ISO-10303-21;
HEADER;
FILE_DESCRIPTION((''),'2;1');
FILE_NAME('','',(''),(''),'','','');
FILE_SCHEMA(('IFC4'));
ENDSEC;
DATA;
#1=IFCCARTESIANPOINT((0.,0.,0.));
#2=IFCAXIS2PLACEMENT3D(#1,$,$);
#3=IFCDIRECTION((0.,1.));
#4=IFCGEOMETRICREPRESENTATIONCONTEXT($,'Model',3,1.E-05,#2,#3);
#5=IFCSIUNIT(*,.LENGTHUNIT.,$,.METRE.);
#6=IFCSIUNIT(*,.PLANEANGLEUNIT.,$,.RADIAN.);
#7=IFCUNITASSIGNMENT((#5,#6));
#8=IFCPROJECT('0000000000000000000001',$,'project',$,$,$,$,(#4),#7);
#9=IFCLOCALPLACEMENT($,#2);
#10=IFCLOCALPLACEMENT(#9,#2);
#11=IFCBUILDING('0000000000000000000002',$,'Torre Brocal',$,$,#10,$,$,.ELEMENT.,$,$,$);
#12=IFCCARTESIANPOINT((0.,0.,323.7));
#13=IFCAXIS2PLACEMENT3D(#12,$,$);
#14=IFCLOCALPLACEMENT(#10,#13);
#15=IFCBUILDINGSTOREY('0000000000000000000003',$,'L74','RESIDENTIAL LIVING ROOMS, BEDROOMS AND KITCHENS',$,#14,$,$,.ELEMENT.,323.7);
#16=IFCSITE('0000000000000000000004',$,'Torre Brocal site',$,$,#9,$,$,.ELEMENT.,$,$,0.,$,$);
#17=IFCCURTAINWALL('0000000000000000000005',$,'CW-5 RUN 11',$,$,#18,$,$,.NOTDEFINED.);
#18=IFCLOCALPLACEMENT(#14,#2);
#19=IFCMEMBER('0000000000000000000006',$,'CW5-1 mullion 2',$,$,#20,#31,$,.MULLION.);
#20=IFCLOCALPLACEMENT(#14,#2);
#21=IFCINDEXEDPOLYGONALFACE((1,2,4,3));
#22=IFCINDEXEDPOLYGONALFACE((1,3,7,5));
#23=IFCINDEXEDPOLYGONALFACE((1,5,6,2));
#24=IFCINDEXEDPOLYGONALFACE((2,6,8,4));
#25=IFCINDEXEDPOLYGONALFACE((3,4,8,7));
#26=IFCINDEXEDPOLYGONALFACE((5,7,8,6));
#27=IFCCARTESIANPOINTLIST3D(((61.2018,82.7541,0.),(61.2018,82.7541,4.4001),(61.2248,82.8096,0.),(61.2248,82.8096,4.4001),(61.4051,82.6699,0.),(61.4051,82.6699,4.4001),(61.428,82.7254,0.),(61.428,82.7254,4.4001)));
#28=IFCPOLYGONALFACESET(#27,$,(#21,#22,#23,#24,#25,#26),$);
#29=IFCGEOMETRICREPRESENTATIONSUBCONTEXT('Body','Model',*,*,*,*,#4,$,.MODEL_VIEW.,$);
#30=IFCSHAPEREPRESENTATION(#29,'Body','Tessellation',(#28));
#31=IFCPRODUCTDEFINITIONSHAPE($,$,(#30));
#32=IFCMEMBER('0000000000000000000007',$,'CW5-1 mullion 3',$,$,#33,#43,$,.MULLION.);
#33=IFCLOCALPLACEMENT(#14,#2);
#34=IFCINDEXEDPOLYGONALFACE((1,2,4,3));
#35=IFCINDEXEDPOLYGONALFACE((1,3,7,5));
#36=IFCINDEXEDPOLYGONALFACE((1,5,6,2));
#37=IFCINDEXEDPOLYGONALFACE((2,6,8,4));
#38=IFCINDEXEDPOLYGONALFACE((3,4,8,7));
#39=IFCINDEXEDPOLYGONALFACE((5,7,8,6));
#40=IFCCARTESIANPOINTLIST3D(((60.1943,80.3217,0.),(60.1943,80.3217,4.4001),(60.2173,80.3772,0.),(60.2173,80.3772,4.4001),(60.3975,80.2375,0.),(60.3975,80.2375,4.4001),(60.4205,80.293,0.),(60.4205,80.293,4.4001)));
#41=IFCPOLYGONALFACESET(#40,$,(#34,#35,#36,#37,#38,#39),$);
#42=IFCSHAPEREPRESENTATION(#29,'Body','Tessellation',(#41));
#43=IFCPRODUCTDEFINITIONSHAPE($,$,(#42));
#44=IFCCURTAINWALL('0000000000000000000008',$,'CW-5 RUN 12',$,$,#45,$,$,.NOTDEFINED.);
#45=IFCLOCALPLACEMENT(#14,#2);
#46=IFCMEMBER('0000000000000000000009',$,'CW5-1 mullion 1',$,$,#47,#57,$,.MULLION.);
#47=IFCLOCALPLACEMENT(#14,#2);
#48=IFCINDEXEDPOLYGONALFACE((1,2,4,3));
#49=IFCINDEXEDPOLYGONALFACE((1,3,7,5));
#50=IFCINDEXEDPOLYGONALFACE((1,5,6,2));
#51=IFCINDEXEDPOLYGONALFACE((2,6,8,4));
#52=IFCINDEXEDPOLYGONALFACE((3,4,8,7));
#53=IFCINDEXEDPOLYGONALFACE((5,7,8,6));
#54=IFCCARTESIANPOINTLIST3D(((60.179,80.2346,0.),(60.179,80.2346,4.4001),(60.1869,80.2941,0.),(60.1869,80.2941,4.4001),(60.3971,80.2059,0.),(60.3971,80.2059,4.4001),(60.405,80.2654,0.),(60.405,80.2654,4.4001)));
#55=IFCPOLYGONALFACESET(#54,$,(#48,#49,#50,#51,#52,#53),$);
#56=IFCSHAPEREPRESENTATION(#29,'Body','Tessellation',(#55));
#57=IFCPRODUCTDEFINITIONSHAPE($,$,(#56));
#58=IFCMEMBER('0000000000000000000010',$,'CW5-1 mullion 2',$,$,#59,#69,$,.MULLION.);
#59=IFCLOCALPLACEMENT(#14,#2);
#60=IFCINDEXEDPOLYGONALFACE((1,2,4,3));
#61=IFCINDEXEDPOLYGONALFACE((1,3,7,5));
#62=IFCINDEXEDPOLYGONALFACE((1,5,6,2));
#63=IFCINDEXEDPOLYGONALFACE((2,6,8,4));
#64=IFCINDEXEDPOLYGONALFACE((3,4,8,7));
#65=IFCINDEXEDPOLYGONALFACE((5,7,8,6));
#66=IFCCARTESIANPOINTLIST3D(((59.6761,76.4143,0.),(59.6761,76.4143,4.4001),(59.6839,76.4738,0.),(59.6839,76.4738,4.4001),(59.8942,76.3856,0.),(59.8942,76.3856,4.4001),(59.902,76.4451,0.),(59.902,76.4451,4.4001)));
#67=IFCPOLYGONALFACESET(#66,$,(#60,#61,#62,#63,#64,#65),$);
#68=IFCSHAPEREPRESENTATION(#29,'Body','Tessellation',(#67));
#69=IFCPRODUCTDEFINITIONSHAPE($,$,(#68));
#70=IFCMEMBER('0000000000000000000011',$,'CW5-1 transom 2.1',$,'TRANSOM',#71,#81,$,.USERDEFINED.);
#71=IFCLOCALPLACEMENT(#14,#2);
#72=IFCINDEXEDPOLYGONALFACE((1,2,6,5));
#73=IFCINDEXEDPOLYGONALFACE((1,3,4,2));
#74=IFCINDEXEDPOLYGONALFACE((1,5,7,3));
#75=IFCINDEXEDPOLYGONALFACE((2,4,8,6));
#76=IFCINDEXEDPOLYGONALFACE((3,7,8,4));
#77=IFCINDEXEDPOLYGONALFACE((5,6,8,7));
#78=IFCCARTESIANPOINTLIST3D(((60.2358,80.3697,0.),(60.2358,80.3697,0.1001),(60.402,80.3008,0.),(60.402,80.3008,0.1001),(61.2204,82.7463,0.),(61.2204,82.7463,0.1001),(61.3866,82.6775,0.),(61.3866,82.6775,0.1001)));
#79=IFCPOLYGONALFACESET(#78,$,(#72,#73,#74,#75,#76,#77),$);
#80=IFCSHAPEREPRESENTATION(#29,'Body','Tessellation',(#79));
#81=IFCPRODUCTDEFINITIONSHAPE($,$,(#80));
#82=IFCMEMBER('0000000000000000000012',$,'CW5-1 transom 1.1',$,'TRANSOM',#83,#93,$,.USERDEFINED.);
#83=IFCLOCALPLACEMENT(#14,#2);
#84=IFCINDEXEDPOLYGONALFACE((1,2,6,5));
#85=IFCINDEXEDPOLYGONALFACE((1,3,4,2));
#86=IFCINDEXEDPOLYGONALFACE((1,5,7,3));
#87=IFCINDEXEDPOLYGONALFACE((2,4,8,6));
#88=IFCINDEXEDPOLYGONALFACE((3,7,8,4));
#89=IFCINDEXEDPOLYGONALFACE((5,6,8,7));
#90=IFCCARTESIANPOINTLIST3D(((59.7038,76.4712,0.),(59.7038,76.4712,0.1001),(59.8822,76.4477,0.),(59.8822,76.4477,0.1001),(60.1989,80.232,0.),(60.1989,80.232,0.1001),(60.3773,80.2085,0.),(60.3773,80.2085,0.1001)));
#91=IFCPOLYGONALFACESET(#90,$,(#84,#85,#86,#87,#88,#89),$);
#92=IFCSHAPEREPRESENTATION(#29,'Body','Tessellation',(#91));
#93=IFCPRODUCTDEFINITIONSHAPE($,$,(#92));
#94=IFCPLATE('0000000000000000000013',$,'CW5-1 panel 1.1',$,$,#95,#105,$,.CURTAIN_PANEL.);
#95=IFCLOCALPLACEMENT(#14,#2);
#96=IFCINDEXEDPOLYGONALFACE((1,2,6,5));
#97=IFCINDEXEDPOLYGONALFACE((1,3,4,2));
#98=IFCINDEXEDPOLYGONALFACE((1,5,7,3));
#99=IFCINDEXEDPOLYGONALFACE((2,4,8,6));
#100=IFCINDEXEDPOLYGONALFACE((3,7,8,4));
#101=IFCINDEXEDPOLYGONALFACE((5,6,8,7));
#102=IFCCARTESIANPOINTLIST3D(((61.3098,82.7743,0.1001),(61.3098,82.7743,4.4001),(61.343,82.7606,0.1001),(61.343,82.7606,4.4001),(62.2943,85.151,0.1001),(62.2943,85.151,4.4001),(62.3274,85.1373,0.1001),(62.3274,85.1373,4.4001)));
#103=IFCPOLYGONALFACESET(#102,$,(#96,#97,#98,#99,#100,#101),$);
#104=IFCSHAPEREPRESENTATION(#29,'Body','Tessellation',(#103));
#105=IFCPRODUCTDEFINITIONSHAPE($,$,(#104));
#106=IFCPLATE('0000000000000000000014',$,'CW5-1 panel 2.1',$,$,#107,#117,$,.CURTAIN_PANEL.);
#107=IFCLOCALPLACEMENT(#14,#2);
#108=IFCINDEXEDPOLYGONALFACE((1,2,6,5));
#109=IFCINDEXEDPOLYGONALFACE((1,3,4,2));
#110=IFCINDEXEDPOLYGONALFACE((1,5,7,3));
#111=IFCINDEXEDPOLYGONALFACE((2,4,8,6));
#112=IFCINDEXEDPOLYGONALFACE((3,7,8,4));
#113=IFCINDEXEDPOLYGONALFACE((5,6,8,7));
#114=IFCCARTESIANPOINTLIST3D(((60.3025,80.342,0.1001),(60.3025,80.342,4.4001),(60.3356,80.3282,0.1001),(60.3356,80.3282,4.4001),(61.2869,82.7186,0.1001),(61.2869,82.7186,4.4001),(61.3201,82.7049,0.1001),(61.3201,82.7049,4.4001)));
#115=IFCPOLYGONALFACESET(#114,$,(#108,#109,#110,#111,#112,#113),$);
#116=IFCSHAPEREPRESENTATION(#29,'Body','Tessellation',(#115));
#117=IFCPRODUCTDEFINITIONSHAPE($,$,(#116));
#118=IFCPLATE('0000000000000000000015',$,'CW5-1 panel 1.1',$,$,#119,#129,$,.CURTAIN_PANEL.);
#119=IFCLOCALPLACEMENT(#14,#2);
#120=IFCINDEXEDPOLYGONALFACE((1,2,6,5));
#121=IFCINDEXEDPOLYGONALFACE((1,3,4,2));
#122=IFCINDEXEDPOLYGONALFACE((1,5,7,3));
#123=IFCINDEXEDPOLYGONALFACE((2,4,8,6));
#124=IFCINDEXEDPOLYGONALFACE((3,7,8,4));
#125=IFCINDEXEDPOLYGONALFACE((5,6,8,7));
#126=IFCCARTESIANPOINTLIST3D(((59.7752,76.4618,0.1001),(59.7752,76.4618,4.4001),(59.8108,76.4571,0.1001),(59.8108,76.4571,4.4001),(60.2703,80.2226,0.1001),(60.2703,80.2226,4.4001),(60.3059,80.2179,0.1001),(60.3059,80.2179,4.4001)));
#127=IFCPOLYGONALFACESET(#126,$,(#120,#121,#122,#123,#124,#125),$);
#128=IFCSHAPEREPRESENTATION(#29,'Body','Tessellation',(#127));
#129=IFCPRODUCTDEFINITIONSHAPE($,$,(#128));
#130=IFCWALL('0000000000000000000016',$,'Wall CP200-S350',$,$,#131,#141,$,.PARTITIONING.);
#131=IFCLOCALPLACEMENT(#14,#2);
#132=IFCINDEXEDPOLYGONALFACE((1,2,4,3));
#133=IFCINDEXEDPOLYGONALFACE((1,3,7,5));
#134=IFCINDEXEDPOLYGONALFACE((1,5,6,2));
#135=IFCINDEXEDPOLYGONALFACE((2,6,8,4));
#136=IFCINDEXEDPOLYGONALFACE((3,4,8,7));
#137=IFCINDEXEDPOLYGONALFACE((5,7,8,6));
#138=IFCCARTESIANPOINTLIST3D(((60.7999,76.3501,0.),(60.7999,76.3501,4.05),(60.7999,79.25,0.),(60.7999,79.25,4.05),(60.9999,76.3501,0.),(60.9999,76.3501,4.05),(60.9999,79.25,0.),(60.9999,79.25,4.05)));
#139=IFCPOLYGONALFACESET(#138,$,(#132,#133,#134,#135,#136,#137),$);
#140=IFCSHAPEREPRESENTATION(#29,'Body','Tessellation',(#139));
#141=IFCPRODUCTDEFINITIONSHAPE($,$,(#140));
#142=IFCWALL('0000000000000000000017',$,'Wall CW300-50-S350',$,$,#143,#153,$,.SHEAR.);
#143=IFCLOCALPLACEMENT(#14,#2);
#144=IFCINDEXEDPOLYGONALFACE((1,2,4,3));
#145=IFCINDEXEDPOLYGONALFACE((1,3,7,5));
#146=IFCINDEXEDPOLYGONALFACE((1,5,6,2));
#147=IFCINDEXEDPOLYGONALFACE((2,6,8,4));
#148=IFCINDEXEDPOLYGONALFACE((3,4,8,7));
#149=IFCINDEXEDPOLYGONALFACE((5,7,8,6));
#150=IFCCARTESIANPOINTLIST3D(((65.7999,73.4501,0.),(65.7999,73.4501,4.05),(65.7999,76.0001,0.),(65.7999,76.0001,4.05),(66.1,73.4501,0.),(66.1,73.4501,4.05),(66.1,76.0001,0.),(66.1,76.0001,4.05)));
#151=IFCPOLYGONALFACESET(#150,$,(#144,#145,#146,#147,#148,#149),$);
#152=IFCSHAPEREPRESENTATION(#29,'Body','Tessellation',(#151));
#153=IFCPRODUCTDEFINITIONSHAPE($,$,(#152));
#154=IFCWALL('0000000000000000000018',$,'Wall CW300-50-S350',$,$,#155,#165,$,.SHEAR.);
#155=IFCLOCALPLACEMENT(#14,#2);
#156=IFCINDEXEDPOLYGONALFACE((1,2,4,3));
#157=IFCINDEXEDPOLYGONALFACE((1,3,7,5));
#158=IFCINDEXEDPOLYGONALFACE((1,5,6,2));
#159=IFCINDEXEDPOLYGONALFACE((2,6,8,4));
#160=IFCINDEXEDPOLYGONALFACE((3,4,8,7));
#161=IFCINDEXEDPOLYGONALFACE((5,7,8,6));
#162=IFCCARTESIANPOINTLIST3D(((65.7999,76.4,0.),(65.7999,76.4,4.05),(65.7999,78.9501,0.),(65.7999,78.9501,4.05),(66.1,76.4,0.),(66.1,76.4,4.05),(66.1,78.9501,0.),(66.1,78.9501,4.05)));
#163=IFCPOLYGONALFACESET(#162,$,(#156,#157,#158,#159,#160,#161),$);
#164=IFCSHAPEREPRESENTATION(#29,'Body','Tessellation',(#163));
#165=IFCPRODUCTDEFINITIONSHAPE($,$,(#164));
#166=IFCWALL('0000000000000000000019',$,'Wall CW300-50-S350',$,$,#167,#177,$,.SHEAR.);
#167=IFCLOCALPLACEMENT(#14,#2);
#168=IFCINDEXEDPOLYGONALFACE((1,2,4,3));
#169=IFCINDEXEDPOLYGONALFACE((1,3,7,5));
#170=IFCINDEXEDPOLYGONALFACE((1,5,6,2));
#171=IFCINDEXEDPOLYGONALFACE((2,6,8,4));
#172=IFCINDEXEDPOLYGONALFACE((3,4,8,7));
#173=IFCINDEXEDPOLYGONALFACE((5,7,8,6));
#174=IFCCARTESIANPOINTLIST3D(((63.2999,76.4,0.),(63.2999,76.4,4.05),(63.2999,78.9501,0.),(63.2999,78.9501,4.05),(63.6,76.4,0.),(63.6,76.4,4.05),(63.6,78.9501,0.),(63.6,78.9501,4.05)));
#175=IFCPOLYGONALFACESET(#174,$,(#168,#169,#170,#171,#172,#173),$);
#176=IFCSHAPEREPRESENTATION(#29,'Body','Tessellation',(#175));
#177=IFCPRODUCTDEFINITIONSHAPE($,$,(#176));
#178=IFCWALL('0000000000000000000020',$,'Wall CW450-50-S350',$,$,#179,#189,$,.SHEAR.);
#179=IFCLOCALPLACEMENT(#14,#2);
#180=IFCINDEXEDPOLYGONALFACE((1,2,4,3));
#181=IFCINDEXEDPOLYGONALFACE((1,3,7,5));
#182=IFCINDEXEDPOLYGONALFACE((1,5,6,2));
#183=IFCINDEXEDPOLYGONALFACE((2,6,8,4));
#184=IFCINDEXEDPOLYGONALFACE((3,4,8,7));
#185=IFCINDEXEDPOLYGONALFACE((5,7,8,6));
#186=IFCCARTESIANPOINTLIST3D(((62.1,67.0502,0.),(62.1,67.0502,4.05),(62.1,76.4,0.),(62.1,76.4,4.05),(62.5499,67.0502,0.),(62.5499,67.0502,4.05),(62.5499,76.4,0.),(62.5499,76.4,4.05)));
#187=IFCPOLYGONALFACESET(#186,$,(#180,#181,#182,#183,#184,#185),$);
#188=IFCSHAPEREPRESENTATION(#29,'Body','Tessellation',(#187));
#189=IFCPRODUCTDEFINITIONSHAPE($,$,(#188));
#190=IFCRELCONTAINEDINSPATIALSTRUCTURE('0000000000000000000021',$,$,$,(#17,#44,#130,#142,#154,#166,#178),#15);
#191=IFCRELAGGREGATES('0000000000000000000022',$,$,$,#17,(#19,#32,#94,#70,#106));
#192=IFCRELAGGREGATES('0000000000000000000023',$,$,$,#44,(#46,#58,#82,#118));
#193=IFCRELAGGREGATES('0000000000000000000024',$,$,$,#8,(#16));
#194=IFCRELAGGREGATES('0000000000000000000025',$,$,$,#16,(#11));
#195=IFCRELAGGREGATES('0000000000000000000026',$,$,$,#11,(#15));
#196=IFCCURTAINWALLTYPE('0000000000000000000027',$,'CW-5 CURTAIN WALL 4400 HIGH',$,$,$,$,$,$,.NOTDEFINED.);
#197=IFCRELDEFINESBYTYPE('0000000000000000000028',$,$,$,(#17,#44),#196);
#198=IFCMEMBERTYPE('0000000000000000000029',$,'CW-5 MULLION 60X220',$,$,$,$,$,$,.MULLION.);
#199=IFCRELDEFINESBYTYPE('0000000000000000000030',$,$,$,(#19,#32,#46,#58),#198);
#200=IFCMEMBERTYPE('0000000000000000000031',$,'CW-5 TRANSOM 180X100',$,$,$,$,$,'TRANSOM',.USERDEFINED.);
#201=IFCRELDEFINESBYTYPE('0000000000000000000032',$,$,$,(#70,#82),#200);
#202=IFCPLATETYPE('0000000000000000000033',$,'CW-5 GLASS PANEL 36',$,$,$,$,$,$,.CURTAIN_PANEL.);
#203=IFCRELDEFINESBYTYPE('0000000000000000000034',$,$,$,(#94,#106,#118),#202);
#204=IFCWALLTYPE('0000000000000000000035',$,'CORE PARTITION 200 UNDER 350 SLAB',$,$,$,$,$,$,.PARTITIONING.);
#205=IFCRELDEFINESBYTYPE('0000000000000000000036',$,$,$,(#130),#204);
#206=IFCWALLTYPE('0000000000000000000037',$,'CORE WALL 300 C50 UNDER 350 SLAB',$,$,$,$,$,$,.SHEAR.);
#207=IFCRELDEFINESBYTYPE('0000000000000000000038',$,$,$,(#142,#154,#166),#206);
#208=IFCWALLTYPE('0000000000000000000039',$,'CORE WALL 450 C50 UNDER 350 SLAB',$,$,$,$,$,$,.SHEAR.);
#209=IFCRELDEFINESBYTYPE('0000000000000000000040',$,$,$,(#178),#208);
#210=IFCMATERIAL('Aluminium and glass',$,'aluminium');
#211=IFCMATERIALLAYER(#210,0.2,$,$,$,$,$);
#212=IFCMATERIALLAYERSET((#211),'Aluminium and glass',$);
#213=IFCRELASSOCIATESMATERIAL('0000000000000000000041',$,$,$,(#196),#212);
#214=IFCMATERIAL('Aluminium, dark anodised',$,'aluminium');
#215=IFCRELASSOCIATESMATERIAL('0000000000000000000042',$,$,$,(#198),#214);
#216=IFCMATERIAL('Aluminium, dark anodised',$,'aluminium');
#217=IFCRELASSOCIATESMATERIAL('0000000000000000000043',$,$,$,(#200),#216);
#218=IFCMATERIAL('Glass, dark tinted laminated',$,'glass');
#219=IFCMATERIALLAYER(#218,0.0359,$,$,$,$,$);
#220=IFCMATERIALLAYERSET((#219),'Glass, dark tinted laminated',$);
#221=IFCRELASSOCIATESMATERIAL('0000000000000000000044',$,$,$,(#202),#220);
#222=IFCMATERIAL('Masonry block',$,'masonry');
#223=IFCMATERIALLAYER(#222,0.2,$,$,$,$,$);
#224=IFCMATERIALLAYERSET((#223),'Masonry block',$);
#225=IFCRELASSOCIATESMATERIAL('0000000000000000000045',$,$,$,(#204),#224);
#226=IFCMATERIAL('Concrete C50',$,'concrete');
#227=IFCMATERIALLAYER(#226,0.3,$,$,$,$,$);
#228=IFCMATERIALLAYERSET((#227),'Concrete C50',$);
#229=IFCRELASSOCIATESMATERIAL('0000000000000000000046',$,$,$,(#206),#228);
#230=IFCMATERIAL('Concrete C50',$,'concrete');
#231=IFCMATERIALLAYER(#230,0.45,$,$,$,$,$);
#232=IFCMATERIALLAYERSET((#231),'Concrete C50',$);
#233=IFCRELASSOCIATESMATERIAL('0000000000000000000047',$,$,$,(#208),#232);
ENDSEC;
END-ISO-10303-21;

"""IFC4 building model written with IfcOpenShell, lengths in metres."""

from ifc_helpers import new_model, si_unit, direction, frame, frame_2d, origin, origin_2d, place, context, subcontext, project, spatial, rectangle, extrude, material, layer, layer_set, material_profile, profile_set, type_object, element, aggregate, save


model = new_model("IFC4")

# Units and contexts
model_context = context("Model", 3, precision=1e-05, world=origin(), true_north=direction((0.0, 1.0)))
body_context = subcontext(model_context, "Body", "Model", "MODEL_VIEW")
ifc_project = project(units=[si_unit("LENGTHUNIT", "METRE"), si_unit("PLANEANGLEUNIT", "RADIAN")], contexts=[model_context])

# Site, building, storey
site_placement = place(None, origin())
site = spatial("IfcSite", under=ifc_project, at=site_placement, Name="Torre Brocal site", CompositionType="ELEMENT", RefElevation=0.0)
building_placement = place(site_placement, origin())
building = spatial("IfcBuilding", under=site, at=building_placement, Name="Torre Brocal", CompositionType="ELEMENT")
storey_placement = place(building_placement, frame((0.0, 0.0, 323.7)))
storey = spatial("IfcBuildingStorey", under=building, at=storey_placement, Name="L74", Description="RESIDENTIAL LIVING ROOMS, BEDROOMS AND KITCHENS", CompositionType="ELEMENT", Elevation=323.7)

# Curtain walls, members
ifc_material_1 = material(Name="Aluminium and glass", Category="aluminium")
ifc_layer_1 = layer(ifc_material_1, 0.2)
ifc_layer_set_1 = layer_set([ifc_layer_1], Name="Aluminium and glass")
curtain_wall_type = type_object("IfcCurtainWallType", Name="CW-5 CURTAIN WALL 4400 HIGH", PredefinedType="NOTDEFINED", material=ifc_layer_set_1)
curtain_wall_1_placement = place(storey_placement, origin())
curtain_wall_1 = element("IfcCurtainWall", 1, at=curtain_wall_1_placement, inside=storey, type_object=curtain_wall_type, Name="CW-5 RUN 11", PredefinedType="NOTDEFINED")
ifc_material_2 = material(Name="Aluminium, dark anodised", Category="aluminium")
ifc_material_profile_1 = material_profile(ifc_material_2, rectangle(XDim=0.22, YDim=0.0601, at=origin_2d()), Name="CW-5 MULLION 60X220")
ifc_profile_set_1 = profile_set([ifc_material_profile_1], Name="Aluminium, dark anodised")
member_type_1 = type_object("IfcMemberType", Name="CW-5 MULLION 60X220", PredefinedType="MULLION", material=ifc_profile_set_1)
member_1_placement = place(storey_placement, frame((61.3149, 82.7397, 0.0), z_axis=(0.0, 0.0, 1.0), x_axis=(0.92388, -0.382683, 0.0)))
member_1 = element("IfcMember", 2, at=member_1_placement, type_object=member_type_1, Name="CW5-1 mullion 2", PredefinedType="MULLION", context=body_context, shape_type="SweptSolid", body=[
    extrude(rectangle(XDim=0.22, YDim=0.0601, at=origin_2d()), origin(), (0.0, 0.0, 1.0), 4.4001),
])
member_2_placement = place(storey_placement, frame((60.3074, 80.3074, 0.0), z_axis=(0.0, 0.0, 1.0), x_axis=(0.92388, -0.382683, 0.0)))
member_2 = element("IfcMember", 3, at=member_2_placement, type_object=member_type_1, Name="CW5-1 mullion 3", PredefinedType="MULLION", context=body_context, shape_type="SweptSolid", body=[
    extrude(rectangle(XDim=0.22, YDim=0.0601, at=origin_2d()), origin(), (0.0, 0.0, 1.0), 4.4001),
])
curtain_wall_2_placement = place(storey_placement, origin())
curtain_wall_2 = element("IfcCurtainWall", 4, at=curtain_wall_2_placement, inside=storey, type_object=curtain_wall_type, Name="CW-5 RUN 12", PredefinedType="NOTDEFINED")
member_3_placement = place(storey_placement, frame((60.292, 80.25, 0.0), z_axis=(0.0, 0.0, 1.0), x_axis=(0.991445, -0.130526, 0.0)))
member_3 = element("IfcMember", 5, at=member_3_placement, type_object=member_type_1, Name="CW5-1 mullion 1", PredefinedType="MULLION", context=body_context, shape_type="SweptSolid", body=[
    extrude(rectangle(XDim=0.22, YDim=0.0601, at=origin_2d()), origin(), (0.0, 0.0, 1.0), 4.4001),
])
member_4_placement = place(storey_placement, frame((59.7891, 76.4297, 0.0), z_axis=(0.0, 0.0, 1.0), x_axis=(0.991445, -0.130526, 0.0)))
member_4 = element("IfcMember", 6, at=member_4_placement, type_object=member_type_1, Name="CW5-1 mullion 2", PredefinedType="MULLION", context=body_context, shape_type="SweptSolid", body=[
    extrude(rectangle(XDim=0.22, YDim=0.0601, at=origin_2d()), origin(), (0.0, 0.0, 1.0), 4.4001),
])

# Members
ifc_material_3 = material(Name="Aluminium, dark anodised", Category="aluminium")
ifc_material_profile_2 = material_profile(ifc_material_3, rectangle(XDim=0.1799, YDim=0.1001, at=origin_2d()), Name="CW-5 TRANSOM 180X100")
ifc_profile_set_2 = profile_set([ifc_material_profile_2], Name="Aluminium, dark anodised")
member_type_2 = type_object("IfcMemberType", Name="CW-5 TRANSOM 180X100", ElementType="TRANSOM", PredefinedType="USERDEFINED", material=ifc_profile_set_2)
member_5_placement = place(storey_placement, frame((61.3035, 82.7119, 0.05), z_axis=(-0.382735, -0.923858, 0.0), x_axis=(0.923858, -0.382735, 0.0)))
member_5 = element("IfcMember", 7, at=member_5_placement, type_object=member_type_2, Name="CW5-1 transom 2.1", ObjectType="TRANSOM", PredefinedType="USERDEFINED", context=body_context, shape_type="SweptSolid", body=[
    extrude(rectangle(XDim=0.1799, YDim=0.1001, at=origin_2d()), origin(), (0.0, 0.0, 1.0), 2.5725),
])
member_6_placement = place(storey_placement, frame((60.2881, 80.2202, 0.05), z_axis=(-0.130528, -0.991445, 0.0), x_axis=(0.991445, -0.130528, 0.0)))
member_6 = element("IfcMember", 8, at=member_6_placement, type_object=member_type_2, Name="CW5-1 transom 1.1", ObjectType="TRANSOM", PredefinedType="USERDEFINED", context=body_context, shape_type="SweptSolid", body=[
    extrude(rectangle(XDim=0.1799, YDim=0.1001, at=origin_2d()), origin(), (0.0, 0.0, 1.0), 3.7932),
])

# Plates
ifc_material_4 = material(Name="Glass, dark tinted laminated", Category="glass")
ifc_layer_2 = layer(ifc_material_4, 0.0359)
ifc_layer_set_2 = layer_set([ifc_layer_2], Name="Glass, dark tinted laminated")
plate_type = type_object("IfcPlateType", Name="CW-5 GLASS PANEL 36", PredefinedType="CURTAIN_PANEL", material=ifc_layer_set_2)
plate_1_placement = place(storey_placement, frame((61.8186, 83.9558, 0.1001), z_axis=(0.0, 0.0, 1.0), x_axis=(-0.382683, -0.92388, 0.0)))
plate_1 = element("IfcPlate", 9, at=plate_1_placement, type_object=plate_type, Name="CW5-1 panel 1.1", PredefinedType="CURTAIN_PANEL", context=body_context, shape_type="SweptSolid", body=[
    extrude(rectangle(XDim=2.5725, YDim=0.0359, at=origin_2d()), origin(), (0.0, 0.0, 1.0), 4.3),
])
plate_2_placement = place(storey_placement, frame((60.8113, 81.5234, 0.1001), z_axis=(0.0, 0.0, 1.0), x_axis=(-0.382683, -0.92388, 0.0)))
plate_2 = element("IfcPlate", 10, at=plate_2_placement, type_object=plate_type, Name="CW5-1 panel 2.1", PredefinedType="CURTAIN_PANEL", context=body_context, shape_type="SweptSolid", body=[
    extrude(rectangle(XDim=2.5725, YDim=0.0359, at=origin_2d()), origin(), (0.0, 0.0, 1.0), 4.3),
])
aggregate(curtain_wall_1, [member_1, member_2, plate_1, member_5, plate_2])
plate_3_placement = place(storey_placement, frame((60.0405, 78.3398, 0.1001), z_axis=(0.0, 0.0, 1.0), x_axis=(-0.130526, -0.991445, 0.0)))
plate_3 = element("IfcPlate", 11, at=plate_3_placement, type_object=plate_type, Name="CW5-1 panel 1.1", PredefinedType="CURTAIN_PANEL", context=body_context, shape_type="SweptSolid", body=[
    extrude(rectangle(XDim=3.7932, YDim=0.0359, at=origin_2d()), origin(), (0.0, 0.0, 1.0), 4.3),
])
aggregate(curtain_wall_2, [member_3, member_4, member_6, plate_3])

# Walls
ifc_material_5 = material(Name="Masonry block", Category="masonry")
ifc_layer_3 = layer(ifc_material_5, 0.2)
ifc_layer_set_3 = layer_set([ifc_layer_3], Name="Masonry block")
wall_type_1 = type_object("IfcWallType", Name="CORE PARTITION 200 UNDER 350 SLAB", PredefinedType="PARTITIONING", material=ifc_layer_set_3)
wall_1_placement = place(storey_placement, frame((60.8999, 79.25, 0.0), z_axis=(0.0, 0.0, 1.0), x_axis=(0.0, -1.0, 0.0)))
element("IfcWall", 12, at=wall_1_placement, inside=storey, type_object=wall_type_1, Name="Wall CP200-S350", PredefinedType="PARTITIONING", context=body_context, shape_type="SweptSolid", body=[
    extrude(rectangle(XDim=2.8999, YDim=0.2, at=frame_2d((1.45, 0.0))), origin(), (0.0, 0.0, 1.0), 4.05),
])
ifc_material_6 = material(Name="Concrete C50", Category="concrete")
ifc_layer_4 = layer(ifc_material_6, 0.3)
ifc_layer_set_4 = layer_set([ifc_layer_4], Name="Concrete C50")
wall_type_2 = type_object("IfcWallType", Name="CORE WALL 300 C50 UNDER 350 SLAB", PredefinedType="SHEAR", material=ifc_layer_set_4)
for number, where, z_axis, x_axis, name in (
    (13, (65.95, 76.0, 0.0), (0.0, 0.0, 1.0), (0.0, -1.0, 0.0), "Wall CW300-50-S350"),
    (14, (65.95, 78.95, 0.0), (0.0, 0.0, 1.0), (0.0, -1.0, 0.0), "Wall CW300-50-S350"),
    (15, (63.45, 78.95, 0.0), (0.0, 0.0, 1.0), (0.0, -1.0, 0.0), "Wall CW300-50-S350"),
):
    element("IfcWall", number, at=place(storey_placement, frame(where, z_axis=z_axis, x_axis=x_axis)), inside=storey, type_object=wall_type_2, Name=name, PredefinedType="SHEAR", context=body_context, shape_type="SweptSolid", body=[
        extrude(rectangle(XDim=2.55, YDim=0.3, at=frame_2d((1.2749, 0.0))), origin(), (0.0, 0.0, 1.0), 4.05),
    ])
ifc_material_7 = material(Name="Concrete C50", Category="concrete")
ifc_layer_5 = layer(ifc_material_7, 0.45)
ifc_layer_set_5 = layer_set([ifc_layer_5], Name="Concrete C50")
wall_type_3 = type_object("IfcWallType", Name="CORE WALL 450 C50 UNDER 350 SLAB", PredefinedType="SHEAR", material=ifc_layer_set_5)
wall_2_placement = place(storey_placement, frame((62.325, 76.3999, 0.0), z_axis=(0.0, 0.0, 1.0), x_axis=(0.0, -1.0, 0.0)))
element("IfcWall", 16, at=wall_2_placement, inside=storey, type_object=wall_type_3, Name="Wall CW450-50-S350", PredefinedType="SHEAR", context=body_context, shape_type="SweptSolid", body=[
    extrude(rectangle(XDim=9.3499, YDim=0.45, at=frame_2d((4.6748, 0.0))), origin(), (0.0, 0.0, 1.0), 4.05),
])

save(model, "model.ifc")
